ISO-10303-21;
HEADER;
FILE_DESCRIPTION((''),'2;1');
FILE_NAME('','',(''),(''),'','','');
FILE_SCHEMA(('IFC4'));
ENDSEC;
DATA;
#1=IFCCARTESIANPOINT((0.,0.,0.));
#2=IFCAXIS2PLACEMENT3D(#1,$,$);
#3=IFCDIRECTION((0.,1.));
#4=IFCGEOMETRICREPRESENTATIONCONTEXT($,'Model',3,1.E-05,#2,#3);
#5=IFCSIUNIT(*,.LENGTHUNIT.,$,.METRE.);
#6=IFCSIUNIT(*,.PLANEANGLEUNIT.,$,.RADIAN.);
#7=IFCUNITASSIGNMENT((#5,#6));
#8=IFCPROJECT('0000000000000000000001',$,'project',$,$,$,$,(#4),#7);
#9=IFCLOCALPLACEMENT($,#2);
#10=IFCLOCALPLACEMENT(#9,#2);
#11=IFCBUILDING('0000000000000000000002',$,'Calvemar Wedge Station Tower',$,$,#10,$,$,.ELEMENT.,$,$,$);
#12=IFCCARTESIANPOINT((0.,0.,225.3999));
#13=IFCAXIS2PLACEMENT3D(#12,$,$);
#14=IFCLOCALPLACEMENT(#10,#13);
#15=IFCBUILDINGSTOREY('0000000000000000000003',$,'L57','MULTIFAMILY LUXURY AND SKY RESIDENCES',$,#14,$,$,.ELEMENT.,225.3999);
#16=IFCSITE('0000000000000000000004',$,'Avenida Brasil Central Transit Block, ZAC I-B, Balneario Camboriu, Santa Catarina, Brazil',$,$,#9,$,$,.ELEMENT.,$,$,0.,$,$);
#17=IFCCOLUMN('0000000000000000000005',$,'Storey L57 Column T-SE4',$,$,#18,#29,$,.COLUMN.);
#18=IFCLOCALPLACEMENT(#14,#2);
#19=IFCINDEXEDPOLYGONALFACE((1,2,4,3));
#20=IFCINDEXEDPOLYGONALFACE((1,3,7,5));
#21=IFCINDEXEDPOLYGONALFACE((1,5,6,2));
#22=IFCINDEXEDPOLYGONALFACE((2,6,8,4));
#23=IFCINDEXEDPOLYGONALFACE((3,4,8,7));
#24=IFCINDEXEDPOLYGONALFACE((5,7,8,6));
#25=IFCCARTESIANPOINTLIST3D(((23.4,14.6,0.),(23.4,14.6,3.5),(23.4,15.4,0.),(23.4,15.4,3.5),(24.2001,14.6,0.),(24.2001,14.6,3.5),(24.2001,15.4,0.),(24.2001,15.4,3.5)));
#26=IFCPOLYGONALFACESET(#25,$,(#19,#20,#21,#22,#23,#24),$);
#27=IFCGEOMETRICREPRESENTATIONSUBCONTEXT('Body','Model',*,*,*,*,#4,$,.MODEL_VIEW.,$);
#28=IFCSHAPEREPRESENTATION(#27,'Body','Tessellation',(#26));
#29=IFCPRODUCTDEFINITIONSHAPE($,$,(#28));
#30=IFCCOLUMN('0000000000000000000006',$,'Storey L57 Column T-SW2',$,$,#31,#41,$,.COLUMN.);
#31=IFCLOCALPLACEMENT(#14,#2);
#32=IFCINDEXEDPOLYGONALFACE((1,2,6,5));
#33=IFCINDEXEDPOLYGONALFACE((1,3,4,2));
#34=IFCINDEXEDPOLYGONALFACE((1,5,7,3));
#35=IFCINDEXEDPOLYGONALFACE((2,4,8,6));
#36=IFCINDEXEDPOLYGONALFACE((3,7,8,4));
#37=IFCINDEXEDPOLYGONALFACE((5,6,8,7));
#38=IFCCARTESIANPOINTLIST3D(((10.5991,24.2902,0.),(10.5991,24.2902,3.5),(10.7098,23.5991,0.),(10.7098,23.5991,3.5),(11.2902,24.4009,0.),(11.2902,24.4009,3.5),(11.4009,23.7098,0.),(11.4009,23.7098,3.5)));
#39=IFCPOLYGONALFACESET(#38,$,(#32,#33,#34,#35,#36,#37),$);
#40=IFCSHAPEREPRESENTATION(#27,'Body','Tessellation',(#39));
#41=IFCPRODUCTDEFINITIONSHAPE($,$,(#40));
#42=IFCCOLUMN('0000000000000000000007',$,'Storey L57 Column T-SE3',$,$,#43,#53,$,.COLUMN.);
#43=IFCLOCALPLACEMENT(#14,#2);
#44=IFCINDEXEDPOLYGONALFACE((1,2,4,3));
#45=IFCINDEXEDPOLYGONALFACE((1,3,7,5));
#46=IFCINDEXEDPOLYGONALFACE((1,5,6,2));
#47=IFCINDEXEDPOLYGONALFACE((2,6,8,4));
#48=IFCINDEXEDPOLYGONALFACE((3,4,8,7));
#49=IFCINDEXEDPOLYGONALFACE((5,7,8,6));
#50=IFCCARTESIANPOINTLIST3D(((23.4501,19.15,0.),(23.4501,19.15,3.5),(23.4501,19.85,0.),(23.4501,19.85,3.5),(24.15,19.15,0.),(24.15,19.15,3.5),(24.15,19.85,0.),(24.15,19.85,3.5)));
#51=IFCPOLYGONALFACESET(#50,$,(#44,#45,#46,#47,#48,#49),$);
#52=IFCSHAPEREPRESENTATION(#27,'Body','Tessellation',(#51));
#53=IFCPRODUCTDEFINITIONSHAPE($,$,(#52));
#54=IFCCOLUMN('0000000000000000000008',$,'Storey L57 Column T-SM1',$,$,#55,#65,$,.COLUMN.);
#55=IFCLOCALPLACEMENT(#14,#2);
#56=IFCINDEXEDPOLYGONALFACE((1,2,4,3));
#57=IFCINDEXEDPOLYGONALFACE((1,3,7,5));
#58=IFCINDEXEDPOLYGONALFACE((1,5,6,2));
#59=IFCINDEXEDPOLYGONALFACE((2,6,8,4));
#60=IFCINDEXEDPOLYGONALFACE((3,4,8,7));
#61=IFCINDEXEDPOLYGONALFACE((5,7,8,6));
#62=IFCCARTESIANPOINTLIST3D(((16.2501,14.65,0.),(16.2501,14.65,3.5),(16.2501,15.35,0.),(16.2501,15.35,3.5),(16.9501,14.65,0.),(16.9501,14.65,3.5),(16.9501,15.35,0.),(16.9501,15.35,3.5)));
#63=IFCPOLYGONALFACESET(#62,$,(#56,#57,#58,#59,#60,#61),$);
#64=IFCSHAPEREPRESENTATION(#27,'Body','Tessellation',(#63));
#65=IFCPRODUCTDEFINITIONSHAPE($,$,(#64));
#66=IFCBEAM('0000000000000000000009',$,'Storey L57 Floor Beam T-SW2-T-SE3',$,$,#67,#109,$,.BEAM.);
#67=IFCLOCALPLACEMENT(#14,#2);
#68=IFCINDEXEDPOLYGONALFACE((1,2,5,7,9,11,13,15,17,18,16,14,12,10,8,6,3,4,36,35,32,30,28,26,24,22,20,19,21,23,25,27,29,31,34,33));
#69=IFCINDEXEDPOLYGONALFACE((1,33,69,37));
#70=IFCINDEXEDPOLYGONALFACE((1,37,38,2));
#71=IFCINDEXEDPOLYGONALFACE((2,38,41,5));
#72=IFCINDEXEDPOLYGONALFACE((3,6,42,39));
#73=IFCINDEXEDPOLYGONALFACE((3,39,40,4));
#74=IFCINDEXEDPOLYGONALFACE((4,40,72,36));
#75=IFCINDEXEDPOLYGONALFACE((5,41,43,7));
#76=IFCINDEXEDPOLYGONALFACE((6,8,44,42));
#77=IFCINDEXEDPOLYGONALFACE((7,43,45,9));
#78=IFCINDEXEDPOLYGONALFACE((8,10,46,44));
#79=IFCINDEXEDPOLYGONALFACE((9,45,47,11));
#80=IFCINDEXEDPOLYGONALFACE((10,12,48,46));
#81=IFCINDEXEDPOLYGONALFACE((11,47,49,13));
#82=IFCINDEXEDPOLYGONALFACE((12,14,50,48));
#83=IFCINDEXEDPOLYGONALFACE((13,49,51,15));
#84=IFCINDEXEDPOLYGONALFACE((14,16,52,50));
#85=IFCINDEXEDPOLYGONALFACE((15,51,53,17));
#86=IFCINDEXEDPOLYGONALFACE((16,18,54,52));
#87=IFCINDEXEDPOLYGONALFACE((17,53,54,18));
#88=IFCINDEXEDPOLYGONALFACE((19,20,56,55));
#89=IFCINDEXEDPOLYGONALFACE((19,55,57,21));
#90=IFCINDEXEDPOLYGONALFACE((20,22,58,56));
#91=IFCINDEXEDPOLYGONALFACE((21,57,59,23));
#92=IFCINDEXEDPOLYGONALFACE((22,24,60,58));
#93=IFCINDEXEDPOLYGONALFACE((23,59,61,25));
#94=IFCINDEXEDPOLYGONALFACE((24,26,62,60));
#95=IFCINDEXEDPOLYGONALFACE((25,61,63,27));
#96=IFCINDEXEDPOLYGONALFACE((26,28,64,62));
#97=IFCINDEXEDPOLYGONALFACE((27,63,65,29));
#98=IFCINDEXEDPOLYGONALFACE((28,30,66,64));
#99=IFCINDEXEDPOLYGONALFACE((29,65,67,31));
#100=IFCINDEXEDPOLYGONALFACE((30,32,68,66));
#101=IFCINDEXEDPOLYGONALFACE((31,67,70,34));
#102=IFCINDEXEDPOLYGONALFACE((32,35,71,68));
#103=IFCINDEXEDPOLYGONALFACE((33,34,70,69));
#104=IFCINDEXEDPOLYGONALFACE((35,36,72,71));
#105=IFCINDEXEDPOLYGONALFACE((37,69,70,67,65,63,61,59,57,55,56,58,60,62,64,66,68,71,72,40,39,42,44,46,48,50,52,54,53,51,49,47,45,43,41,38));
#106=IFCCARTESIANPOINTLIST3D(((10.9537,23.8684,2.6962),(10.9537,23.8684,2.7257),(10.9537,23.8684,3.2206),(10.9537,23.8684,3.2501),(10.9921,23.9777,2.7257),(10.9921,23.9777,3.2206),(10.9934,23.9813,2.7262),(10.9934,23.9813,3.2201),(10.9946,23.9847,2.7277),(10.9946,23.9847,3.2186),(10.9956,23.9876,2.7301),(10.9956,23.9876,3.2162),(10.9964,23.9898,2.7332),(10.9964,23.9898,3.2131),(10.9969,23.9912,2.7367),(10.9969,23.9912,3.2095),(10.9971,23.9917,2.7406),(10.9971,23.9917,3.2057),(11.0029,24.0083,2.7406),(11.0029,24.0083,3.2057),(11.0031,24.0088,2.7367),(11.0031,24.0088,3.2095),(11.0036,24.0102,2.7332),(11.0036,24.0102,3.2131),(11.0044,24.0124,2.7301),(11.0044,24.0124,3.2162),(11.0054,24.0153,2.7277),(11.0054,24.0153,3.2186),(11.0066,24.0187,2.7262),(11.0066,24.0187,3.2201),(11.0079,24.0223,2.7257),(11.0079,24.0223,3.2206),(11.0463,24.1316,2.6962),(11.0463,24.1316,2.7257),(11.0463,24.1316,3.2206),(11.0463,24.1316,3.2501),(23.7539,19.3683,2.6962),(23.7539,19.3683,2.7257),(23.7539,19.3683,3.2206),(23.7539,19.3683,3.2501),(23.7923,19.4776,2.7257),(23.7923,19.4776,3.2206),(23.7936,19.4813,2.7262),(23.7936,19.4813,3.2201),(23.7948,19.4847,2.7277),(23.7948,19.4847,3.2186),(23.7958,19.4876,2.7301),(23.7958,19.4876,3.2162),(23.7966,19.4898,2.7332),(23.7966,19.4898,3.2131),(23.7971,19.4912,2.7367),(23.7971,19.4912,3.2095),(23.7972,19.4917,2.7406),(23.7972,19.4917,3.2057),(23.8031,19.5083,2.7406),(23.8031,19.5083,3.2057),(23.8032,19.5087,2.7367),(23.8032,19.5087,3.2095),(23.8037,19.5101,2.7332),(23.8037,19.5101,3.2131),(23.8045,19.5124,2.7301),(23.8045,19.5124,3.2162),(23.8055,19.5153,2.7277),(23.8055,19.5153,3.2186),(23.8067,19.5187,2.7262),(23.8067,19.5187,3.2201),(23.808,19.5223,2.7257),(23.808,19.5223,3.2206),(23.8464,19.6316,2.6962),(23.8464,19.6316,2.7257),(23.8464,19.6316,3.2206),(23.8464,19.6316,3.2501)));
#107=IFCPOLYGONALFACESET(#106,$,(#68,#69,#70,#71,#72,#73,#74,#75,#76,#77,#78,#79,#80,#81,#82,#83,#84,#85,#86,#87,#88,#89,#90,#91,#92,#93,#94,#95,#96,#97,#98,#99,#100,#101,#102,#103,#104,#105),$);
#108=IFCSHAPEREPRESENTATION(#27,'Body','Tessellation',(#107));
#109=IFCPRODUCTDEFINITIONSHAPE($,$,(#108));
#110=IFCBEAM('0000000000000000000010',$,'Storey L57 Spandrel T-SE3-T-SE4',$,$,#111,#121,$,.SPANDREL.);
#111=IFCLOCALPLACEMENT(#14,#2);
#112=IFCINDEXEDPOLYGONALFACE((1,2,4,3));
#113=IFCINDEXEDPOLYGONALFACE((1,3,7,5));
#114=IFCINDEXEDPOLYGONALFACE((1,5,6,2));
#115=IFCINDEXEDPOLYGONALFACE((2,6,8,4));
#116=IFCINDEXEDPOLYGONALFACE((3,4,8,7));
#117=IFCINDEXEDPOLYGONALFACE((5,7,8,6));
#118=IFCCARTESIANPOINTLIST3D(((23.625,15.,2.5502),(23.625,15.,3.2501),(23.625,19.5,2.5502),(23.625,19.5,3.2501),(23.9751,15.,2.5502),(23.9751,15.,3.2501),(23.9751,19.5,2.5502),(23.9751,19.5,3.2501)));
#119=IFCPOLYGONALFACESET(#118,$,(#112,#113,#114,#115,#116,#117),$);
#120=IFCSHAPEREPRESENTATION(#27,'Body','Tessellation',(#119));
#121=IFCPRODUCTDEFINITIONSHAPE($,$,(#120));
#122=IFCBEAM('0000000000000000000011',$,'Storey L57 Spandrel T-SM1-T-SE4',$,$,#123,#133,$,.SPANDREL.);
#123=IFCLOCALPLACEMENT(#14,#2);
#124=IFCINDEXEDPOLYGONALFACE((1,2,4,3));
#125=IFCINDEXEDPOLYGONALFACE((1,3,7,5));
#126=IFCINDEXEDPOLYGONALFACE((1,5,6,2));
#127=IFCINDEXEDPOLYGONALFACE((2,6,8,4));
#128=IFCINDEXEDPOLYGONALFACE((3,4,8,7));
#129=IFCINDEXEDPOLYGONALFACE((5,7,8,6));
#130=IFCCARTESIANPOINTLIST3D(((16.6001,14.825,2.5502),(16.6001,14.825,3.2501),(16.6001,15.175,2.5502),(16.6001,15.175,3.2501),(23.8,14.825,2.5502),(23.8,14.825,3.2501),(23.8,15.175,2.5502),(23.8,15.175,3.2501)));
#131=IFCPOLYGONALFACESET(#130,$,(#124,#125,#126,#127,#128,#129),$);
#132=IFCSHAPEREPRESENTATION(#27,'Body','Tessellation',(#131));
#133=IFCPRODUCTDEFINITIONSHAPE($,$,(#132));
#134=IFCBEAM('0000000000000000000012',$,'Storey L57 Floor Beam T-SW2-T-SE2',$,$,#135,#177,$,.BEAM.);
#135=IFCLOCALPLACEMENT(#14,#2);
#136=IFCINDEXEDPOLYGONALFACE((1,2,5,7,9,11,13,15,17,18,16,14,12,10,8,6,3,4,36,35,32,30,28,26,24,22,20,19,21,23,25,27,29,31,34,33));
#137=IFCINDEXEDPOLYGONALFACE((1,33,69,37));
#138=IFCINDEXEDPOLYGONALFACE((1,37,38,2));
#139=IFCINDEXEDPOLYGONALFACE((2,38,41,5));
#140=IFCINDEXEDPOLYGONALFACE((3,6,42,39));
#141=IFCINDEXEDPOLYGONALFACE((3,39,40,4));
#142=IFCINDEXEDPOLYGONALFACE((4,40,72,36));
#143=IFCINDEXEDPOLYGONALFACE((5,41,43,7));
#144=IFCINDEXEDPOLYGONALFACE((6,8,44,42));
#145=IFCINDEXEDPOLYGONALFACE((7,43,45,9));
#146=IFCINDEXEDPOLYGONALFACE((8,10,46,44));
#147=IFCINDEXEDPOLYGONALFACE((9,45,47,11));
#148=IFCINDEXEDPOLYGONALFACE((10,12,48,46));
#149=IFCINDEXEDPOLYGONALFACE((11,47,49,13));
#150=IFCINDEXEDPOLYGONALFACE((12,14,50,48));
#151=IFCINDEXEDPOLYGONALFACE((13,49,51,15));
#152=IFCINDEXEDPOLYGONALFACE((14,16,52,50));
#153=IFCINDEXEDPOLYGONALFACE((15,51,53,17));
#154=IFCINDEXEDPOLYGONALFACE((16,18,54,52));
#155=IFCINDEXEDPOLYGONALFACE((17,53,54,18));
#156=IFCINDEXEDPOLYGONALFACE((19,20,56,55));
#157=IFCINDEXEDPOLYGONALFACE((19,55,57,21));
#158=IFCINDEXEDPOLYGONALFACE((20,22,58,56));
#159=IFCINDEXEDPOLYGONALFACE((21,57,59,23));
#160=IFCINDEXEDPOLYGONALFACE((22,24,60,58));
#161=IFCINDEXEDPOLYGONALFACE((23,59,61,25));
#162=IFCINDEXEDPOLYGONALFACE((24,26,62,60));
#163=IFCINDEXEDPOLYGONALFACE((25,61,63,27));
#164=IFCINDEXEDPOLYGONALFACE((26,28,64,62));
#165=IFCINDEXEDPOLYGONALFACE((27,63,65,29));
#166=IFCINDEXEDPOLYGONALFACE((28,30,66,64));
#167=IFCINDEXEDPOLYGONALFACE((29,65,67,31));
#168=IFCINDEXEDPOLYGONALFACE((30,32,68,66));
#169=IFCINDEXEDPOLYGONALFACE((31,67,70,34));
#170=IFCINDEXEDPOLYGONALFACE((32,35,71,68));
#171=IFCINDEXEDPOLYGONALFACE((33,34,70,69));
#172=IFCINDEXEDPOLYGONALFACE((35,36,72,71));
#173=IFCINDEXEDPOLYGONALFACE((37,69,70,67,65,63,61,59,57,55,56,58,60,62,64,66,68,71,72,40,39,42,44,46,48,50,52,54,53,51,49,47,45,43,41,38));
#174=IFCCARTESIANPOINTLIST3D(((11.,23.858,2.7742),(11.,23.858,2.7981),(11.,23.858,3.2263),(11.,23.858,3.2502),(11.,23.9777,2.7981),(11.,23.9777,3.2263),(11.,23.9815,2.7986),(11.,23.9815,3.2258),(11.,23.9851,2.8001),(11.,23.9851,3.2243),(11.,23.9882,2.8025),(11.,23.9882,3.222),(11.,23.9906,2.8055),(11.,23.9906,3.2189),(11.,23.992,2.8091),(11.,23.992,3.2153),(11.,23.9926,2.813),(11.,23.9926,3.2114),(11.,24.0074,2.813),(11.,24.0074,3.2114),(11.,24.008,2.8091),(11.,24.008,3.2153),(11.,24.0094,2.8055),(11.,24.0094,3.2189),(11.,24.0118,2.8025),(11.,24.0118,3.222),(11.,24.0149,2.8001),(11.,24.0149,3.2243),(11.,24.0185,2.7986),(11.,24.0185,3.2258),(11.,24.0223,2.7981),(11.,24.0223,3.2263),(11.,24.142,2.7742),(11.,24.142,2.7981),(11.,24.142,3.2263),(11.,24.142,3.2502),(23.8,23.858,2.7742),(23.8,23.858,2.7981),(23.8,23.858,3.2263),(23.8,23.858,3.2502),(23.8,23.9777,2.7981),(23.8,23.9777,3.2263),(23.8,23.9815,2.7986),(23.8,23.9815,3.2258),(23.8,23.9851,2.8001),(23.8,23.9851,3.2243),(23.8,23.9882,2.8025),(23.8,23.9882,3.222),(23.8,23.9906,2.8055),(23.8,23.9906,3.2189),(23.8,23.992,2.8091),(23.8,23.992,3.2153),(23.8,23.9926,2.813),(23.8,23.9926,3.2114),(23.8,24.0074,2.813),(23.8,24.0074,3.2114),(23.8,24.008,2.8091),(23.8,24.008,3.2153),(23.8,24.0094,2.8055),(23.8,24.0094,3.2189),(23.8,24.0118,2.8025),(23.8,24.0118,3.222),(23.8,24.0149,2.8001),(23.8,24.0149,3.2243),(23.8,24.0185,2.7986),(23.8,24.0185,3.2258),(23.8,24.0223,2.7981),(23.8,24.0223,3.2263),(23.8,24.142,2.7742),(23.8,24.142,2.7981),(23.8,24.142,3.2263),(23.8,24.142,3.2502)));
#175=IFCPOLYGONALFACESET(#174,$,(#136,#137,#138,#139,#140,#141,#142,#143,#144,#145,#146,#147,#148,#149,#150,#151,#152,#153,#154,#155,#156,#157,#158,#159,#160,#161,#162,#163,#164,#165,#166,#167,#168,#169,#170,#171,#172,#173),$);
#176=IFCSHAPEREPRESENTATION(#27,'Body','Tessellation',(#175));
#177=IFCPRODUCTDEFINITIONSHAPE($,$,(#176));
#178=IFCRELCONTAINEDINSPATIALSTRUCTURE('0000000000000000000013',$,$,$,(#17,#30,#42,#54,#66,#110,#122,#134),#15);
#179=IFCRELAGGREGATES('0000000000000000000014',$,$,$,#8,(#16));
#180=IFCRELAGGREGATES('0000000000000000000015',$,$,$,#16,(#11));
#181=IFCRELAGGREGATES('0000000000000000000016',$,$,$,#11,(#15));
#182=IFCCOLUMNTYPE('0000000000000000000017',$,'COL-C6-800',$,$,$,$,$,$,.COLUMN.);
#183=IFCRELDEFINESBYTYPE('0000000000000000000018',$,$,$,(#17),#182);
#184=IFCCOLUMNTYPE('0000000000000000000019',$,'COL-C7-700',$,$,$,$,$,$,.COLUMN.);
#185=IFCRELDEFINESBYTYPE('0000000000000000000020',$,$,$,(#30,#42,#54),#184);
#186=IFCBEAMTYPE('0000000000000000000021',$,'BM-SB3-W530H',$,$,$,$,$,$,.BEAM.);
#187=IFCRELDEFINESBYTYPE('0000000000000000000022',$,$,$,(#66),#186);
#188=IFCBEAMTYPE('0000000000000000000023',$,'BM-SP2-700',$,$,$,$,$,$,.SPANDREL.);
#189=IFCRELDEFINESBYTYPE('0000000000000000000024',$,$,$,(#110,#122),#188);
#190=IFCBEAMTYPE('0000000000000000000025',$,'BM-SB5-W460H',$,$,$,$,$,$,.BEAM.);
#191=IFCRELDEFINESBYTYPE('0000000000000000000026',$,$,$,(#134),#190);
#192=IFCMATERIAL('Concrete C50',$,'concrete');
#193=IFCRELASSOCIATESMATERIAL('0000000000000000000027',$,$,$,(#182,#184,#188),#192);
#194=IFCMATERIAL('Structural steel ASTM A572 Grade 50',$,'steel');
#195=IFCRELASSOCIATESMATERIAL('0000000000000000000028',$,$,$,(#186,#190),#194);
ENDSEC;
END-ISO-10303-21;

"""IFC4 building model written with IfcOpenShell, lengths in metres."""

from ifc_helpers import new_model, si_unit, direction, frame, origin, origin_2d, place, context, subcontext, project, spatial, rectangle, i_section, extrude, source, transform, mapped, material, material_profile, profile_set, type_object, element, save


model = new_model("IFC4")

# Units and contexts
model_context = context("Model", 3, precision=1e-05, world=origin(), true_north=direction((0.0, 1.0)))
body_context = subcontext(model_context, "Body", "Model", "MODEL_VIEW")
ifc_project = project(units=[si_unit("LENGTHUNIT", "METRE"), si_unit("PLANEANGLEUNIT", "RADIAN")], contexts=[model_context])

# Site, building, storey
site_placement = place(None, origin())
site = spatial("IfcSite", under=ifc_project, at=site_placement, Name="Avenida Brasil Central Transit Block, ZAC I-B, Balneario Camboriu, Santa Catarina, Brazil", CompositionType="ELEMENT", RefElevation=0.0)
building_placement = place(site_placement, origin())
building = spatial("IfcBuilding", under=site, at=building_placement, Name="Calvemar Wedge Station Tower", CompositionType="ELEMENT")
storey_placement = place(building_placement, frame((0.0, 0.0, 225.3999)))
storey = spatial("IfcBuildingStorey", under=building, at=storey_placement, Name="L57", Description="MULTIFAMILY LUXURY AND SKY RESIDENCES", CompositionType="ELEMENT", Elevation=225.3999)

# Columns
ifc_material_1 = material(Name="Concrete C50", Category="concrete")
ifc_material_profile_1 = material_profile(ifc_material_1, rectangle(XDim=0.8, YDim=0.8, at=origin_2d()), Name="RC800x800")
ifc_profile_set_1 = profile_set([ifc_material_profile_1], Name="Concrete C50")
column_type_1 = type_object("IfcColumnType", Name="COL-C6-800", PredefinedType="COLUMN", material=ifc_profile_set_1)
shared_shape_1 = source(origin(), body_context, "Body", "SweptSolid", [
    extrude(rectangle(XDim=0.8, YDim=0.8, at=origin_2d()), origin(), (0.0, 0.0, 1.0), 3.5),
])
column_placement = place(storey_placement, frame((23.8, 15.0, 0.0), z_axis=(0.0, 0.0, 1.0), x_axis=(1.0, 0.0, 0.0)))
element("IfcColumn", 1, at=column_placement, inside=storey, type_object=column_type_1, Name="Storey L57 Column T-SE4", PredefinedType="COLUMN", context=body_context, shape_type="MappedRepresentation", body=[
    mapped(shared_shape_1, transform((0.0, 0.0, 0.0), scale=1.0)),
])
ifc_material_profile_2 = material_profile(ifc_material_1, rectangle(XDim=0.7, YDim=0.7, at=origin_2d()), Name="RC700x700")
ifc_profile_set_2 = profile_set([ifc_material_profile_2], Name="Concrete C50")
column_type_2 = type_object("IfcColumnType", Name="COL-C7-700", PredefinedType="COLUMN", material=ifc_profile_set_2)
shared_shape_2 = source(origin(), body_context, "Body", "SweptSolid", [
    extrude(rectangle(XDim=0.7, YDim=0.7, at=origin_2d()), origin(), (0.0, 0.0, 1.0), 3.5),
])
for number, where, z_axis, x_axis, name in (
    (2, (11.0, 24.0, 0.0), (0.0, 0.0, 1.0), (0.158158, -0.987414, 0.0), "Storey L57 Column T-SW2"),
    (3, (23.8, 19.5, 0.0), (0.0, 0.0, 1.0), (1.0, 0.0, 0.0), "Storey L57 Column T-SE3"),
    (4, (16.6001, 15.0, 0.0), (0.0, 0.0, 1.0), (1.0, 0.0, 0.0), "Storey L57 Column T-SM1"),
):
    element("IfcColumn", number, at=place(storey_placement, frame(where, z_axis=z_axis, x_axis=x_axis)), inside=storey, type_object=column_type_2, Name=name, PredefinedType="COLUMN", context=body_context, shape_type="MappedRepresentation", body=[
        mapped(shared_shape_2, transform((0.0, 0.0, 0.0), scale=1.0)),
    ])

# Beams
ifc_material_2 = material(Name="Structural steel ASTM A572 Grade 50", Category="steel")
ifc_material_profile_3 = material_profile(ifc_material_2, i_section(OverallWidth=0.2791, OverallDepth=0.554, WebThickness=0.0176, FlangeThickness=0.0295, FilletRadius=0.0149, at=origin_2d()), Name="W530x196")
ifc_profile_set_3 = profile_set([ifc_material_profile_3], Name="Structural steel ASTM A572 Grade 50")
beam_type_1 = type_object("IfcBeamType", Name="BM-SB3-W530H", PredefinedType="BEAM", material=ifc_profile_set_3)
shared_shape_3 = source(origin(), body_context, "Body", "SweptSolid", [
    extrude(i_section(OverallWidth=0.2791, OverallDepth=0.554, WebThickness=0.0176, FlangeThickness=0.0295, FilletRadius=0.0149, at=origin_2d()), origin(), (0.0, 0.0, 1.0), 13.5681),
])
beam_1_placement = place(storey_placement, frame((11.0, 24.0, 2.9731), z_axis=(0.943398, -0.331662, 0.0), x_axis=(0.331662, 0.943398, 0.0)))
element("IfcBeam", 5, at=beam_1_placement, inside=storey, type_object=beam_type_1, Name="Storey L57 Floor Beam T-SW2-T-SE3", PredefinedType="BEAM", context=body_context, shape_type="MappedRepresentation", body=[
    mapped(shared_shape_3, transform((0.0, 0.0, 0.0), scale=1.0)),
])
ifc_material_profile_4 = material_profile(ifc_material_1, rectangle(XDim=0.3501, YDim=0.7, at=origin_2d()), Name="RC350x700")
ifc_profile_set_4 = profile_set([ifc_material_profile_4], Name="Concrete C50")
beam_type_2 = type_object("IfcBeamType", Name="BM-SP2-700", PredefinedType="SPANDREL", material=ifc_profile_set_4)
shared_shape_4 = source(origin(), body_context, "Body", "SweptSolid", [
    extrude(rectangle(XDim=0.3501, YDim=0.7, at=origin_2d()), origin(), (0.0, 0.0, 1.0), 4.5),
])
beam_2_placement = place(storey_placement, frame((23.8, 19.5, 2.9001), z_axis=(0.0, -1.0, 0.0), x_axis=(1.0, 0.0, 0.0)))
element("IfcBeam", 6, at=beam_2_placement, inside=storey, type_object=beam_type_2, Name="Storey L57 Spandrel T-SE3-T-SE4", PredefinedType="SPANDREL", context=body_context, shape_type="MappedRepresentation", body=[
    mapped(shared_shape_4, transform((0.0, 0.0, 0.0), scale=1.0)),
])
shared_shape_5 = source(origin(), body_context, "Body", "SweptSolid", [
    extrude(rectangle(XDim=0.3501, YDim=0.7, at=origin_2d()), origin(), (0.0, 0.0, 1.0), 7.2),
])
beam_3_placement = place(storey_placement, frame((16.6001, 15.0, 2.9001), z_axis=(1.0, 0.0, 0.0), x_axis=(0.0, 1.0, 0.0)))
element("IfcBeam", 7, at=beam_3_placement, inside=storey, type_object=beam_type_2, Name="Storey L57 Spandrel T-SM1-T-SE4", PredefinedType="SPANDREL", context=body_context, shape_type="MappedRepresentation", body=[
    mapped(shared_shape_5, transform((0.0, 0.0, 0.0), scale=1.0)),
])
ifc_material_profile_5 = material_profile(ifc_material_2, i_section(OverallWidth=0.2839, OverallDepth=0.4761, WebThickness=0.0149, FlangeThickness=0.0239, FilletRadius=0.0149, at=origin_2d()), Name="W460x158")
ifc_profile_set_5 = profile_set([ifc_material_profile_5], Name="Structural steel ASTM A572 Grade 50")
beam_type_3 = type_object("IfcBeamType", Name="BM-SB5-W460H", PredefinedType="BEAM", material=ifc_profile_set_5)
shared_shape_6 = source(origin(), body_context, "Body", "SweptSolid", [
    extrude(i_section(OverallWidth=0.2839, OverallDepth=0.4761, WebThickness=0.0149, FlangeThickness=0.0239, FilletRadius=0.0149, at=origin_2d()), origin(), (0.0, 0.0, 1.0), 12.8),
])
beam_4_placement = place(storey_placement, frame((11.0, 24.0, 3.0122), z_axis=(1.0, 0.0, 0.0), x_axis=(0.0, 1.0, 0.0)))
element("IfcBeam", 8, at=beam_4_placement, inside=storey, type_object=beam_type_3, Name="Storey L57 Floor Beam T-SW2-T-SE2", PredefinedType="BEAM", context=body_context, shape_type="MappedRepresentation", body=[
    mapped(shared_shape_6, transform((0.0, 0.0, 0.0), scale=1.0)),
])

save(model, "model.ifc")
